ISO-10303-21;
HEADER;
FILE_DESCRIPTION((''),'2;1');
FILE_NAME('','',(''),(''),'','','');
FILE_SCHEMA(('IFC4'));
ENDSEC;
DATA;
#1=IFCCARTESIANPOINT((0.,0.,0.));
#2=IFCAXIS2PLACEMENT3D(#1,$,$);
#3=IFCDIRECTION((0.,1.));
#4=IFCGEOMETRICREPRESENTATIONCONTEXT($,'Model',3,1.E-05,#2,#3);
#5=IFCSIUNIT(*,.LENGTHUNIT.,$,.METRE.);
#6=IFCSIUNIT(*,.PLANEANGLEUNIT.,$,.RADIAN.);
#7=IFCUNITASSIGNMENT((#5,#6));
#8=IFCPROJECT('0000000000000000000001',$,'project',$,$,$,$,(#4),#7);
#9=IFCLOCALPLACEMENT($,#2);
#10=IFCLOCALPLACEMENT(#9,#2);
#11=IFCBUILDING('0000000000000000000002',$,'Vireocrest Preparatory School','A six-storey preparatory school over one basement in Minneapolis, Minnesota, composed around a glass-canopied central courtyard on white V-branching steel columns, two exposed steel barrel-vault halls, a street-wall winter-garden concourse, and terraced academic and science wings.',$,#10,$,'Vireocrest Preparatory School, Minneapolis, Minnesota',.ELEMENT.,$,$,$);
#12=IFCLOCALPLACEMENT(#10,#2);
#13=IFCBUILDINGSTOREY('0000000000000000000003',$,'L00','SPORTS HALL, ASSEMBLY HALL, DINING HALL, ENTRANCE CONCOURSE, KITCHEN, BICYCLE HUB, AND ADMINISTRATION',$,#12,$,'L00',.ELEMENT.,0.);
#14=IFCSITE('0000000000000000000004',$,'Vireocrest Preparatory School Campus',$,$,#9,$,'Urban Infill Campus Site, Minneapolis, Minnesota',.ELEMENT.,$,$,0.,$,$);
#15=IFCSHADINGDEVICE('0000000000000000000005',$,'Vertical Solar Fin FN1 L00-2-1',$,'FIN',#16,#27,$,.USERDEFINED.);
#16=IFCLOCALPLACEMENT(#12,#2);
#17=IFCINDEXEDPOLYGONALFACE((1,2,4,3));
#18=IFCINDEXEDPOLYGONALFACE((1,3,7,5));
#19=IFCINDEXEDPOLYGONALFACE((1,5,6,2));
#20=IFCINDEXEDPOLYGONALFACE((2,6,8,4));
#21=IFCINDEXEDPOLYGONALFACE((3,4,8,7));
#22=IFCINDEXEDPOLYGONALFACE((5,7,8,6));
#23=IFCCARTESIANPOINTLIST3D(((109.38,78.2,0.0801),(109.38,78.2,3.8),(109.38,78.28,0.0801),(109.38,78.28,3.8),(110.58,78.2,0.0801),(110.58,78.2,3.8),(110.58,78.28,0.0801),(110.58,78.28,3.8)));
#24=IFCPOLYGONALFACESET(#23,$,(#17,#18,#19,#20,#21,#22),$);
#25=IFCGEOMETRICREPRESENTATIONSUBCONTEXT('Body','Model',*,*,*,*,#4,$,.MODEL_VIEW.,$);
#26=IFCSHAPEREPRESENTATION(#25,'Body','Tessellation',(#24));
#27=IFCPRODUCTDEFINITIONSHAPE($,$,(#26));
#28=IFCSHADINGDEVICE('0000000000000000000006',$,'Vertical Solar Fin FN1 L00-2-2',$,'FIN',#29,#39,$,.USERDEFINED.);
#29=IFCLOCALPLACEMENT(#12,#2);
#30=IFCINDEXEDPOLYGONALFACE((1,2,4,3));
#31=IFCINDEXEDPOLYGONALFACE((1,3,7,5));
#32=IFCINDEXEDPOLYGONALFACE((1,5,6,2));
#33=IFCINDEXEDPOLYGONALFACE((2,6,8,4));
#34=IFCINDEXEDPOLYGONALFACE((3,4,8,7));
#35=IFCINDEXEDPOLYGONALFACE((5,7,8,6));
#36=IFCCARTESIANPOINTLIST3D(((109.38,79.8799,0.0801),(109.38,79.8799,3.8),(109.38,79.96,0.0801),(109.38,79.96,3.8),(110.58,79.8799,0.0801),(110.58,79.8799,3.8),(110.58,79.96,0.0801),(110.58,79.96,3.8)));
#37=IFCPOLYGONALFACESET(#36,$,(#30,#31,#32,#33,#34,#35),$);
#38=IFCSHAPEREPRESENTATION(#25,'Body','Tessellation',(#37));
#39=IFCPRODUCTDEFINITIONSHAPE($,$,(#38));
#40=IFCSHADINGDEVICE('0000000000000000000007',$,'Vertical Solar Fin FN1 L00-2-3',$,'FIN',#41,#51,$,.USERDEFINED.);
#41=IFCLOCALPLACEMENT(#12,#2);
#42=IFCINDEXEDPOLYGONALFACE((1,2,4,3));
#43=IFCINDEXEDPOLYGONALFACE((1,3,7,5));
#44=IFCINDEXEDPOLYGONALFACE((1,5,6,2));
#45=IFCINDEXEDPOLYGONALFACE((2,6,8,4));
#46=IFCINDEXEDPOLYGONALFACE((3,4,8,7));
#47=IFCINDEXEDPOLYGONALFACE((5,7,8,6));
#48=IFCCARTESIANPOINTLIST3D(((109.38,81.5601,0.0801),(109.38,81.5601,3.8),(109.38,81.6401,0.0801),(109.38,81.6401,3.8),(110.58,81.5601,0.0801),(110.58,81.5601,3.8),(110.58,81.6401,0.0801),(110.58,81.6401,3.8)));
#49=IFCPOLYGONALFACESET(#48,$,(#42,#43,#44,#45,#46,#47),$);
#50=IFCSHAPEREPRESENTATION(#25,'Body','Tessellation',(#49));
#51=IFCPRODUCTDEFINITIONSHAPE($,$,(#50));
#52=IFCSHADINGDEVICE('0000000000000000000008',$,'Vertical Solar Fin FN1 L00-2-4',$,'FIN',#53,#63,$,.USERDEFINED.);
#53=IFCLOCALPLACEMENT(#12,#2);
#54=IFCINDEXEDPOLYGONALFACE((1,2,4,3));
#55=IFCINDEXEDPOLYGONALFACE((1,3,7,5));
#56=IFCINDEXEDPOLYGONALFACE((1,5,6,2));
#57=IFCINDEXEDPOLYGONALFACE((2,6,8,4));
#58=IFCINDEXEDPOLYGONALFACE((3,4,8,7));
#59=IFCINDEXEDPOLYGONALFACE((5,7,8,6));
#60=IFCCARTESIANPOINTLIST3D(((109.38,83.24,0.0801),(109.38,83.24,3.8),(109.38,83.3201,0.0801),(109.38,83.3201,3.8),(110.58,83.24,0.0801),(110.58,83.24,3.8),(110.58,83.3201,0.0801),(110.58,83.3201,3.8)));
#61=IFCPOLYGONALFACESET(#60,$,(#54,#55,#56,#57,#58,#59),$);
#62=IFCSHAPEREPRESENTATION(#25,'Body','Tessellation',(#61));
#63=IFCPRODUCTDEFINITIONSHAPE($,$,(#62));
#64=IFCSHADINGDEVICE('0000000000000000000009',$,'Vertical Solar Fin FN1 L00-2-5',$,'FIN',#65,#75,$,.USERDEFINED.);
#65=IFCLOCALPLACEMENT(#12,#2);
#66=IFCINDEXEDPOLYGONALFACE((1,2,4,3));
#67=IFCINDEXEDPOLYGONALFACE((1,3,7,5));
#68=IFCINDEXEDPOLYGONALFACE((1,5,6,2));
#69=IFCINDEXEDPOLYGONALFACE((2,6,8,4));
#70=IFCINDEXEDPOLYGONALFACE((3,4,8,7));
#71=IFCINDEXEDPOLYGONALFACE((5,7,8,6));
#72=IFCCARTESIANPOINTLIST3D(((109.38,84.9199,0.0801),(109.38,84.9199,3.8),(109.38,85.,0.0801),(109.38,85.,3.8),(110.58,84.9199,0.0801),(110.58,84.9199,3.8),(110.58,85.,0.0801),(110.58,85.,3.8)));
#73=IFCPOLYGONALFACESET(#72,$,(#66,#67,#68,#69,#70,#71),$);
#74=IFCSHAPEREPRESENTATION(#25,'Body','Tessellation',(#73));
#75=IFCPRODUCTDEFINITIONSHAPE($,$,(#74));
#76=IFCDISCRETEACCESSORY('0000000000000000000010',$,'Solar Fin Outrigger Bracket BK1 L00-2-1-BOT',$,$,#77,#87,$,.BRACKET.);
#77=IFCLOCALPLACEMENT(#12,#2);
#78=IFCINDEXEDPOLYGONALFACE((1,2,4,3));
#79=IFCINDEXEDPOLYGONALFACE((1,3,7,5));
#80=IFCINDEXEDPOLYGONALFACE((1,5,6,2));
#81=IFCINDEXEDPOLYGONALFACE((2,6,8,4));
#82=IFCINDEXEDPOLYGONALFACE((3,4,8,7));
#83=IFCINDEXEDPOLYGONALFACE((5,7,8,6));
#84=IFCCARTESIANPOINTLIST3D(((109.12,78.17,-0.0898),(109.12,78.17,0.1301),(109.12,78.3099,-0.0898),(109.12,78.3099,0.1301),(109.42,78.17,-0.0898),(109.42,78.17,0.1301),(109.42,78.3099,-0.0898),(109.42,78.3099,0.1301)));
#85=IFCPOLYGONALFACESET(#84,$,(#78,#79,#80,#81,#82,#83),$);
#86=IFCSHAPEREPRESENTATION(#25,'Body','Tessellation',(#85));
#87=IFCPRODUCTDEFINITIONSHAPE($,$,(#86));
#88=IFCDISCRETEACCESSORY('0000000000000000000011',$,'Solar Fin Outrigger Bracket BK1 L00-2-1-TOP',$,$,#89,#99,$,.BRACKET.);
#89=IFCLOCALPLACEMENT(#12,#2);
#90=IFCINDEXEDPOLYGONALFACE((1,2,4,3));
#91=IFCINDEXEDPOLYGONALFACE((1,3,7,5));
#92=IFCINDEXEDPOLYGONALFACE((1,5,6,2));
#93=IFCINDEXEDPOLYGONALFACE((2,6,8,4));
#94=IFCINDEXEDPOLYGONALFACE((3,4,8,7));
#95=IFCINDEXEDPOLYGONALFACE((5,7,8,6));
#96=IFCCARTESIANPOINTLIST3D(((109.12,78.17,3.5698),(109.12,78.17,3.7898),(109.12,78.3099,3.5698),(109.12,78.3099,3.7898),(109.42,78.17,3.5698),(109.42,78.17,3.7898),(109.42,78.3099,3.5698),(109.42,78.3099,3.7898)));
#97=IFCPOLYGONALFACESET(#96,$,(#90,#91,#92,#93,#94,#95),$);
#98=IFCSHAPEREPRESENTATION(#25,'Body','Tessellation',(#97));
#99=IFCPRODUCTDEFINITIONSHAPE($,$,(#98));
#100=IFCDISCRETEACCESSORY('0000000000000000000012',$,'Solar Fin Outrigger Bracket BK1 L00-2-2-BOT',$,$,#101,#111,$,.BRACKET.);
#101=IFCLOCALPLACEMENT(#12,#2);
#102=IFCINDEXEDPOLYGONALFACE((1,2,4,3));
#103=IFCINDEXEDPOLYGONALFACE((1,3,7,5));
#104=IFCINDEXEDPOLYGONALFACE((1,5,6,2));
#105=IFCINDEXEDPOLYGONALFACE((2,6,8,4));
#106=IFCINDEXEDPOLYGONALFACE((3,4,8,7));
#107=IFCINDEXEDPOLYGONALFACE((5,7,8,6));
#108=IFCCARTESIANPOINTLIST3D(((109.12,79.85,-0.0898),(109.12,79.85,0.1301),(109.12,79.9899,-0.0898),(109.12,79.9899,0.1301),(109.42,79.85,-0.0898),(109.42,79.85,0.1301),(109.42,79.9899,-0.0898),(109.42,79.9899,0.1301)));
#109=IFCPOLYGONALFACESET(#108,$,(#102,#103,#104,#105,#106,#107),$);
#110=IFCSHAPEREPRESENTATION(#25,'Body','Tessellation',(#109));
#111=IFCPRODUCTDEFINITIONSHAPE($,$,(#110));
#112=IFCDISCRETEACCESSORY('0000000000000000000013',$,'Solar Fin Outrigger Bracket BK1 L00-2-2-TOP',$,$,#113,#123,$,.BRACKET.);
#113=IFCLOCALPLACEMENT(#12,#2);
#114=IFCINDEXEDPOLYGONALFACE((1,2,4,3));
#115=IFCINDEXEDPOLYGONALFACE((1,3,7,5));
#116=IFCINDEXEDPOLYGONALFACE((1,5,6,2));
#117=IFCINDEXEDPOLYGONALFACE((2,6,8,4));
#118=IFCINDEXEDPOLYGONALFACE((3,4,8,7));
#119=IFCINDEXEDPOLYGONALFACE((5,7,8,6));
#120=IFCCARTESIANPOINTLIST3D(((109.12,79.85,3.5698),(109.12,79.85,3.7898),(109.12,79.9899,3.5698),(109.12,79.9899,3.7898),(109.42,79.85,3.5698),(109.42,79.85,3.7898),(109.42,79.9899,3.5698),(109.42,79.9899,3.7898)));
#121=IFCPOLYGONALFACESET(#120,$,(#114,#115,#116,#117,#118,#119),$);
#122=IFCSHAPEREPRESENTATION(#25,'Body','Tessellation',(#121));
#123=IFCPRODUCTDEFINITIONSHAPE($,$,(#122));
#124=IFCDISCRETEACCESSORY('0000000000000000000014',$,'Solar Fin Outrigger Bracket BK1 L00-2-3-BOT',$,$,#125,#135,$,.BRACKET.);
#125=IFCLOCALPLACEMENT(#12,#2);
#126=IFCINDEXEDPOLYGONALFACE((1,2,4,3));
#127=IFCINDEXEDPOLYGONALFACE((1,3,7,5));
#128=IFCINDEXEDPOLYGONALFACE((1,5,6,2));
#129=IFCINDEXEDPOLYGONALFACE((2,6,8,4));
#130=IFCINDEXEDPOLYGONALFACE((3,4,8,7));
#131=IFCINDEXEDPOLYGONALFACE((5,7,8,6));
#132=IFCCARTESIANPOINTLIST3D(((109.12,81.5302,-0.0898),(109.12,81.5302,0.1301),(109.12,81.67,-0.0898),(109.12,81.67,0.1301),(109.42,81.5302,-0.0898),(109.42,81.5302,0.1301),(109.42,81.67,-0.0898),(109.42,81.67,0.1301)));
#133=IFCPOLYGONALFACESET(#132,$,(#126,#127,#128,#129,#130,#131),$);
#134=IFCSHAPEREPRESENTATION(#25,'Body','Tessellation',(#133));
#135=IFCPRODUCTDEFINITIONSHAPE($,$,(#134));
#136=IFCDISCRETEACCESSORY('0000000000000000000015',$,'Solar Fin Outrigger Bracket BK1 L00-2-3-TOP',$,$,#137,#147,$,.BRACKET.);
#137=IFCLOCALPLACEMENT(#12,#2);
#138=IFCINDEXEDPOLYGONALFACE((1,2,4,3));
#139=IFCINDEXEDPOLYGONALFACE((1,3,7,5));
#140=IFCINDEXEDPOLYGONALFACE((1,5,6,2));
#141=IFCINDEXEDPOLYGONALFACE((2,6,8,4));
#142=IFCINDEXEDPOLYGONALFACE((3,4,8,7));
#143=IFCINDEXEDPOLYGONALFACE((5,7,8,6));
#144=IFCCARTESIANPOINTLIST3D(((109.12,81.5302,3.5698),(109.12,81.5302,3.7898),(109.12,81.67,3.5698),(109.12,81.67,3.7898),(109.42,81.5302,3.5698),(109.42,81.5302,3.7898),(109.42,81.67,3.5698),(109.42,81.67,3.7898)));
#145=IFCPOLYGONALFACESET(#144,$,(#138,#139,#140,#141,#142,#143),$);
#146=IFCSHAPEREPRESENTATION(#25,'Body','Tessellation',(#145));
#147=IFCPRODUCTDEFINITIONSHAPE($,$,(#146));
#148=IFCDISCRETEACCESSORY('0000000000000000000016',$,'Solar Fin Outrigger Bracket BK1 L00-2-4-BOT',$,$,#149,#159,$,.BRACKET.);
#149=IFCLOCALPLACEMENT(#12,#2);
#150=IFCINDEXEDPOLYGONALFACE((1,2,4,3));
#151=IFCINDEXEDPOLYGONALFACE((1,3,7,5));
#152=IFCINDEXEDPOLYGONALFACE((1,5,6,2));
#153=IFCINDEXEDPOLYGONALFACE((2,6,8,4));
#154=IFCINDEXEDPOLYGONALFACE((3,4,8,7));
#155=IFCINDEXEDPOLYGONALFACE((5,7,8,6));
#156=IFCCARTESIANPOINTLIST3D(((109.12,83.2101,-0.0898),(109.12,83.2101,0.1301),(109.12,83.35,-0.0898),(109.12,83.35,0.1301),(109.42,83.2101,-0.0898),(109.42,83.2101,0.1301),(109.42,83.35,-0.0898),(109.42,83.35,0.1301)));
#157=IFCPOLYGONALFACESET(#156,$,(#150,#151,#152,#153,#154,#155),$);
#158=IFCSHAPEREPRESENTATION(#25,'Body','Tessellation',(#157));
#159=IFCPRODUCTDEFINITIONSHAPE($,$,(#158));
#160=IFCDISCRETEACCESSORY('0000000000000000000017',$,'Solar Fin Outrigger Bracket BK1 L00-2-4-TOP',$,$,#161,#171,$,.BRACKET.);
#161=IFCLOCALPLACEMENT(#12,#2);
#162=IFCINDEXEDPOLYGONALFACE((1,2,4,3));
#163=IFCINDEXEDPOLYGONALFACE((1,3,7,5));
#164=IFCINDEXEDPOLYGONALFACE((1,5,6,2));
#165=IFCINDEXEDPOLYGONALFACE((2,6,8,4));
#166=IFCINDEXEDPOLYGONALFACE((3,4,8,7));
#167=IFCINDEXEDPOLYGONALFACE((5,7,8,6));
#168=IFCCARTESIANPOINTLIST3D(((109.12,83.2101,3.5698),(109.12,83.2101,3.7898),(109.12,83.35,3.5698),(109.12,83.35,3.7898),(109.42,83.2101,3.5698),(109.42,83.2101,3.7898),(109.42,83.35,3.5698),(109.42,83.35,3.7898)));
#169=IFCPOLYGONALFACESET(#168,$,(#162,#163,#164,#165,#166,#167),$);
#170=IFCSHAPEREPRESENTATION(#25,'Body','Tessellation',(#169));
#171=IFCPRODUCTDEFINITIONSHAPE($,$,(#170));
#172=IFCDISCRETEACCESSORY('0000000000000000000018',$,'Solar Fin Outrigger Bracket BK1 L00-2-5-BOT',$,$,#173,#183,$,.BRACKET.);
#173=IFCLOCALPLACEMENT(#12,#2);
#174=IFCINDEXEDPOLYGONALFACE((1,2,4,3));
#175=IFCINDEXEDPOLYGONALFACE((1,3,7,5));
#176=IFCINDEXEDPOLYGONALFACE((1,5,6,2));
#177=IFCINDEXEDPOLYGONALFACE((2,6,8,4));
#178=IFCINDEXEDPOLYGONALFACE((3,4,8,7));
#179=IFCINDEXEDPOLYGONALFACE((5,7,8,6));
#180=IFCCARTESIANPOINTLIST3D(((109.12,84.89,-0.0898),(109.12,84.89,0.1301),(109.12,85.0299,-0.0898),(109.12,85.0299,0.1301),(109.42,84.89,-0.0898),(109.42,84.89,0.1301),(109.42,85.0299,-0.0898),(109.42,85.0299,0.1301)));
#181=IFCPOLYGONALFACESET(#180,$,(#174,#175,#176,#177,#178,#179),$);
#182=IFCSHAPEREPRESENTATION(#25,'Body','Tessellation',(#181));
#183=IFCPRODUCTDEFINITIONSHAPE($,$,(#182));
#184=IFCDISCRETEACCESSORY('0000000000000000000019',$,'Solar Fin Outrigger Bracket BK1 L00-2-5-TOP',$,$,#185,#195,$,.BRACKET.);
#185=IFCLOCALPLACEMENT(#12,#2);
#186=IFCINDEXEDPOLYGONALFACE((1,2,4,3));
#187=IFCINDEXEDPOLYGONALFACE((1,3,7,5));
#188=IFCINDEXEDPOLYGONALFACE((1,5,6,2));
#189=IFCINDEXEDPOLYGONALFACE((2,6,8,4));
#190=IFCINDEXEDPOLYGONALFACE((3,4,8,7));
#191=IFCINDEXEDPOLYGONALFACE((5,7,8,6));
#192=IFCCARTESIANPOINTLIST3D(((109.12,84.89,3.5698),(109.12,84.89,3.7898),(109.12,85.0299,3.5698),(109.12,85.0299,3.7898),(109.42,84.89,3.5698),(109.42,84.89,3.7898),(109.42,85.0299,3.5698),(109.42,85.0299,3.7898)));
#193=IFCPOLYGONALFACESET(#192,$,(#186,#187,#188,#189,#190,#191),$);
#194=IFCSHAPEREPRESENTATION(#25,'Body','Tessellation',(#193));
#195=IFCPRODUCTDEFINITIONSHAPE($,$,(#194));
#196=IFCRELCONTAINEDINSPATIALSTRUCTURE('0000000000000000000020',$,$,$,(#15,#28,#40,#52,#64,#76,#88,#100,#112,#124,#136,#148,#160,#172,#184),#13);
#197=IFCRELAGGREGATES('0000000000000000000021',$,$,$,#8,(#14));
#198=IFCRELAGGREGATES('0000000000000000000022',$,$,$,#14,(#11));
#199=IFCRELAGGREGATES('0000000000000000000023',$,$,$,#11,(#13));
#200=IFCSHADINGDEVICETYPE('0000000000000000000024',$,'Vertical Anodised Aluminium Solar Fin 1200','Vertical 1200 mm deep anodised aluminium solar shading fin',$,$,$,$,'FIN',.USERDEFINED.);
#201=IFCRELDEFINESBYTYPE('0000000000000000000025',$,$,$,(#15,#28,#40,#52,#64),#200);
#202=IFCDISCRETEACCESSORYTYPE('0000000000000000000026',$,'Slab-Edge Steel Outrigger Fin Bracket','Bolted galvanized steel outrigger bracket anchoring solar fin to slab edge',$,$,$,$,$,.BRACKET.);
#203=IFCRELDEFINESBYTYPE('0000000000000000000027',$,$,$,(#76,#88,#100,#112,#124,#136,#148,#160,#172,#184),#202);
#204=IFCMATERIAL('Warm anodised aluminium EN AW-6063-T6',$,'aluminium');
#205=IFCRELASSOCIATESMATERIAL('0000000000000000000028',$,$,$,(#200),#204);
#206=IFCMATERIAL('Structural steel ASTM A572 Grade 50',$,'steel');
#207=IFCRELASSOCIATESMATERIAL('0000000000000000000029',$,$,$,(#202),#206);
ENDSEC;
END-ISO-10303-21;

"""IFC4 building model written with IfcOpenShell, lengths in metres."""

from ifc_helpers import new_model, si_unit, direction, frame, origin, origin_2d, place, context, subcontext, project, spatial, rectangle, extrude, material, material_profile, profile_set, type_object, element, save


model = new_model("IFC4")

# Units and contexts
model_context = context("Model", 3, precision=1e-05, world=origin(), true_north=direction((0.0, 1.0)))
body_context = subcontext(model_context, "Body", "Model", "MODEL_VIEW")
ifc_project = project(units=[si_unit("LENGTHUNIT", "METRE"), si_unit("PLANEANGLEUNIT", "RADIAN")], contexts=[model_context])

# Site, building, storey
site_placement = place(None, origin())
site = spatial("IfcSite", under=ifc_project, at=site_placement, Name="Vireocrest Preparatory School Campus", LongName="Urban Infill Campus Site, Minneapolis, Minnesota", CompositionType="ELEMENT", RefElevation=0.0)
building_placement = place(site_placement, origin())
building = spatial("IfcBuilding", under=site, at=building_placement, Name="Vireocrest Preparatory School", Description="A six-storey preparatory school over one basement in Minneapolis, Minnesota, composed around a glass-canopied central courtyard on white V-branching steel columns, two exposed steel barrel-vault halls, a street-wall winter-garden concourse, and terraced academic and science wings.", LongName="Vireocrest Preparatory School, Minneapolis, Minnesota", CompositionType="ELEMENT")
storey_placement = place(building_placement, origin())
storey = spatial("IfcBuildingStorey", under=building, at=storey_placement, Name="L00", Description="SPORTS HALL, ASSEMBLY HALL, DINING HALL, ENTRANCE CONCOURSE, KITCHEN, BICYCLE HUB, AND ADMINISTRATION", LongName="L00", CompositionType="ELEMENT", Elevation=0.0)

# Shading devices
ifc_material_1 = material(Name="Warm anodised aluminium EN AW-6063-T6", Category="aluminium")
ifc_material_profile_1 = material_profile(ifc_material_1, rectangle(XDim=0.0801, YDim=1.2, at=origin_2d()), Name="FIN 80x1200")
ifc_profile_set_1 = profile_set([ifc_material_profile_1], Name="Warm anodised aluminium EN AW-6063-T6")
shading_device_type = type_object("IfcShadingDeviceType", Name="Vertical Anodised Aluminium Solar Fin 1200", Description="Vertical 1200 mm deep anodised aluminium solar shading fin", ElementType="FIN", PredefinedType="USERDEFINED", material=ifc_profile_set_1)
for number, where, z_axis, x_axis, name in (
    (1, (109.98, 78.24, 0.0801), (0.0, 0.0, 1.0), (0.0, -1.0, 0.0), "Vertical Solar Fin FN1 L00-2-1"),
    (2, (109.98, 79.9199, 0.0801), (0.0, 0.0, 1.0), (0.0, -1.0, 0.0), "Vertical Solar Fin FN1 L00-2-2"),
    (3, (109.98, 81.6001, 0.0801), (0.0, 0.0, 1.0), (0.0, -1.0, 0.0), "Vertical Solar Fin FN1 L00-2-3"),
    (4, (109.98, 83.28, 0.0801), (0.0, 0.0, 1.0), (0.0, -1.0, 0.0), "Vertical Solar Fin FN1 L00-2-4"),
    (5, (109.98, 84.96, 0.0801), (0.0, 0.0, 1.0), (0.0, -1.0, 0.0), "Vertical Solar Fin FN1 L00-2-5"),
):
    element("IfcShadingDevice", number, at=place(storey_placement, frame(where, z_axis=z_axis, x_axis=x_axis)), inside=storey, type_object=shading_device_type, Name=name, ObjectType="FIN", PredefinedType="USERDEFINED", context=body_context, shape_type="SweptSolid", body=[
        extrude(rectangle(XDim=0.0801, YDim=1.2, at=origin_2d()), origin(), (0.0, 0.0, 1.0), 3.72),
    ])

# Discrete accessories
ifc_material_2 = material(Name="Structural steel ASTM A572 Grade 50", Category="steel")
discrete_accessory_type = type_object("IfcDiscreteAccessoryType", Name="Slab-Edge Steel Outrigger Fin Bracket", Description="Bolted galvanized steel outrigger bracket anchoring solar fin to slab edge", PredefinedType="BRACKET", material=ifc_material_2)
for number, where, z_axis, x_axis, name in (
    (6, (109.27, 78.24, -0.0898), (0.0, 0.0, 1.0), (0.0, -1.0, 0.0), "Solar Fin Outrigger Bracket BK1 L00-2-1-BOT"),
    (7, (109.27, 78.24, 3.5698), (0.0, 0.0, 1.0), (0.0, -1.0, 0.0), "Solar Fin Outrigger Bracket BK1 L00-2-1-TOP"),
    (8, (109.27, 79.9199, -0.0898), (0.0, 0.0, 1.0), (0.0, -1.0, 0.0), "Solar Fin Outrigger Bracket BK1 L00-2-2-BOT"),
    (9, (109.27, 79.9199, 3.5698), (0.0, 0.0, 1.0), (0.0, -1.0, 0.0), "Solar Fin Outrigger Bracket BK1 L00-2-2-TOP"),
    (10, (109.27, 81.6001, -0.0898), (0.0, 0.0, 1.0), (0.0, -1.0, 0.0), "Solar Fin Outrigger Bracket BK1 L00-2-3-BOT"),
    (11, (109.27, 81.6001, 3.5698), (0.0, 0.0, 1.0), (0.0, -1.0, 0.0), "Solar Fin Outrigger Bracket BK1 L00-2-3-TOP"),
    (12, (109.27, 83.28, -0.0898), (0.0, 0.0, 1.0), (0.0, -1.0, 0.0), "Solar Fin Outrigger Bracket BK1 L00-2-4-BOT"),
    (13, (109.27, 83.28, 3.5698), (0.0, 0.0, 1.0), (0.0, -1.0, 0.0), "Solar Fin Outrigger Bracket BK1 L00-2-4-TOP"),
    (14, (109.27, 84.96, -0.0898), (0.0, 0.0, 1.0), (0.0, -1.0, 0.0), "Solar Fin Outrigger Bracket BK1 L00-2-5-BOT"),
    (15, (109.27, 84.96, 3.5698), (0.0, 0.0, 1.0), (0.0, -1.0, 0.0), "Solar Fin Outrigger Bracket BK1 L00-2-5-TOP"),
):
    element("IfcDiscreteAccessory", number, at=place(storey_placement, frame(where, z_axis=z_axis, x_axis=x_axis)), inside=storey, type_object=discrete_accessory_type, Name=name, PredefinedType="BRACKET", context=body_context, shape_type="SweptSolid", body=[
        extrude(rectangle(XDim=0.1399, YDim=0.3, at=origin_2d()), origin(), (0.0, 0.0, 1.0), 0.22),
    ])

save(model, "model.ifc")
